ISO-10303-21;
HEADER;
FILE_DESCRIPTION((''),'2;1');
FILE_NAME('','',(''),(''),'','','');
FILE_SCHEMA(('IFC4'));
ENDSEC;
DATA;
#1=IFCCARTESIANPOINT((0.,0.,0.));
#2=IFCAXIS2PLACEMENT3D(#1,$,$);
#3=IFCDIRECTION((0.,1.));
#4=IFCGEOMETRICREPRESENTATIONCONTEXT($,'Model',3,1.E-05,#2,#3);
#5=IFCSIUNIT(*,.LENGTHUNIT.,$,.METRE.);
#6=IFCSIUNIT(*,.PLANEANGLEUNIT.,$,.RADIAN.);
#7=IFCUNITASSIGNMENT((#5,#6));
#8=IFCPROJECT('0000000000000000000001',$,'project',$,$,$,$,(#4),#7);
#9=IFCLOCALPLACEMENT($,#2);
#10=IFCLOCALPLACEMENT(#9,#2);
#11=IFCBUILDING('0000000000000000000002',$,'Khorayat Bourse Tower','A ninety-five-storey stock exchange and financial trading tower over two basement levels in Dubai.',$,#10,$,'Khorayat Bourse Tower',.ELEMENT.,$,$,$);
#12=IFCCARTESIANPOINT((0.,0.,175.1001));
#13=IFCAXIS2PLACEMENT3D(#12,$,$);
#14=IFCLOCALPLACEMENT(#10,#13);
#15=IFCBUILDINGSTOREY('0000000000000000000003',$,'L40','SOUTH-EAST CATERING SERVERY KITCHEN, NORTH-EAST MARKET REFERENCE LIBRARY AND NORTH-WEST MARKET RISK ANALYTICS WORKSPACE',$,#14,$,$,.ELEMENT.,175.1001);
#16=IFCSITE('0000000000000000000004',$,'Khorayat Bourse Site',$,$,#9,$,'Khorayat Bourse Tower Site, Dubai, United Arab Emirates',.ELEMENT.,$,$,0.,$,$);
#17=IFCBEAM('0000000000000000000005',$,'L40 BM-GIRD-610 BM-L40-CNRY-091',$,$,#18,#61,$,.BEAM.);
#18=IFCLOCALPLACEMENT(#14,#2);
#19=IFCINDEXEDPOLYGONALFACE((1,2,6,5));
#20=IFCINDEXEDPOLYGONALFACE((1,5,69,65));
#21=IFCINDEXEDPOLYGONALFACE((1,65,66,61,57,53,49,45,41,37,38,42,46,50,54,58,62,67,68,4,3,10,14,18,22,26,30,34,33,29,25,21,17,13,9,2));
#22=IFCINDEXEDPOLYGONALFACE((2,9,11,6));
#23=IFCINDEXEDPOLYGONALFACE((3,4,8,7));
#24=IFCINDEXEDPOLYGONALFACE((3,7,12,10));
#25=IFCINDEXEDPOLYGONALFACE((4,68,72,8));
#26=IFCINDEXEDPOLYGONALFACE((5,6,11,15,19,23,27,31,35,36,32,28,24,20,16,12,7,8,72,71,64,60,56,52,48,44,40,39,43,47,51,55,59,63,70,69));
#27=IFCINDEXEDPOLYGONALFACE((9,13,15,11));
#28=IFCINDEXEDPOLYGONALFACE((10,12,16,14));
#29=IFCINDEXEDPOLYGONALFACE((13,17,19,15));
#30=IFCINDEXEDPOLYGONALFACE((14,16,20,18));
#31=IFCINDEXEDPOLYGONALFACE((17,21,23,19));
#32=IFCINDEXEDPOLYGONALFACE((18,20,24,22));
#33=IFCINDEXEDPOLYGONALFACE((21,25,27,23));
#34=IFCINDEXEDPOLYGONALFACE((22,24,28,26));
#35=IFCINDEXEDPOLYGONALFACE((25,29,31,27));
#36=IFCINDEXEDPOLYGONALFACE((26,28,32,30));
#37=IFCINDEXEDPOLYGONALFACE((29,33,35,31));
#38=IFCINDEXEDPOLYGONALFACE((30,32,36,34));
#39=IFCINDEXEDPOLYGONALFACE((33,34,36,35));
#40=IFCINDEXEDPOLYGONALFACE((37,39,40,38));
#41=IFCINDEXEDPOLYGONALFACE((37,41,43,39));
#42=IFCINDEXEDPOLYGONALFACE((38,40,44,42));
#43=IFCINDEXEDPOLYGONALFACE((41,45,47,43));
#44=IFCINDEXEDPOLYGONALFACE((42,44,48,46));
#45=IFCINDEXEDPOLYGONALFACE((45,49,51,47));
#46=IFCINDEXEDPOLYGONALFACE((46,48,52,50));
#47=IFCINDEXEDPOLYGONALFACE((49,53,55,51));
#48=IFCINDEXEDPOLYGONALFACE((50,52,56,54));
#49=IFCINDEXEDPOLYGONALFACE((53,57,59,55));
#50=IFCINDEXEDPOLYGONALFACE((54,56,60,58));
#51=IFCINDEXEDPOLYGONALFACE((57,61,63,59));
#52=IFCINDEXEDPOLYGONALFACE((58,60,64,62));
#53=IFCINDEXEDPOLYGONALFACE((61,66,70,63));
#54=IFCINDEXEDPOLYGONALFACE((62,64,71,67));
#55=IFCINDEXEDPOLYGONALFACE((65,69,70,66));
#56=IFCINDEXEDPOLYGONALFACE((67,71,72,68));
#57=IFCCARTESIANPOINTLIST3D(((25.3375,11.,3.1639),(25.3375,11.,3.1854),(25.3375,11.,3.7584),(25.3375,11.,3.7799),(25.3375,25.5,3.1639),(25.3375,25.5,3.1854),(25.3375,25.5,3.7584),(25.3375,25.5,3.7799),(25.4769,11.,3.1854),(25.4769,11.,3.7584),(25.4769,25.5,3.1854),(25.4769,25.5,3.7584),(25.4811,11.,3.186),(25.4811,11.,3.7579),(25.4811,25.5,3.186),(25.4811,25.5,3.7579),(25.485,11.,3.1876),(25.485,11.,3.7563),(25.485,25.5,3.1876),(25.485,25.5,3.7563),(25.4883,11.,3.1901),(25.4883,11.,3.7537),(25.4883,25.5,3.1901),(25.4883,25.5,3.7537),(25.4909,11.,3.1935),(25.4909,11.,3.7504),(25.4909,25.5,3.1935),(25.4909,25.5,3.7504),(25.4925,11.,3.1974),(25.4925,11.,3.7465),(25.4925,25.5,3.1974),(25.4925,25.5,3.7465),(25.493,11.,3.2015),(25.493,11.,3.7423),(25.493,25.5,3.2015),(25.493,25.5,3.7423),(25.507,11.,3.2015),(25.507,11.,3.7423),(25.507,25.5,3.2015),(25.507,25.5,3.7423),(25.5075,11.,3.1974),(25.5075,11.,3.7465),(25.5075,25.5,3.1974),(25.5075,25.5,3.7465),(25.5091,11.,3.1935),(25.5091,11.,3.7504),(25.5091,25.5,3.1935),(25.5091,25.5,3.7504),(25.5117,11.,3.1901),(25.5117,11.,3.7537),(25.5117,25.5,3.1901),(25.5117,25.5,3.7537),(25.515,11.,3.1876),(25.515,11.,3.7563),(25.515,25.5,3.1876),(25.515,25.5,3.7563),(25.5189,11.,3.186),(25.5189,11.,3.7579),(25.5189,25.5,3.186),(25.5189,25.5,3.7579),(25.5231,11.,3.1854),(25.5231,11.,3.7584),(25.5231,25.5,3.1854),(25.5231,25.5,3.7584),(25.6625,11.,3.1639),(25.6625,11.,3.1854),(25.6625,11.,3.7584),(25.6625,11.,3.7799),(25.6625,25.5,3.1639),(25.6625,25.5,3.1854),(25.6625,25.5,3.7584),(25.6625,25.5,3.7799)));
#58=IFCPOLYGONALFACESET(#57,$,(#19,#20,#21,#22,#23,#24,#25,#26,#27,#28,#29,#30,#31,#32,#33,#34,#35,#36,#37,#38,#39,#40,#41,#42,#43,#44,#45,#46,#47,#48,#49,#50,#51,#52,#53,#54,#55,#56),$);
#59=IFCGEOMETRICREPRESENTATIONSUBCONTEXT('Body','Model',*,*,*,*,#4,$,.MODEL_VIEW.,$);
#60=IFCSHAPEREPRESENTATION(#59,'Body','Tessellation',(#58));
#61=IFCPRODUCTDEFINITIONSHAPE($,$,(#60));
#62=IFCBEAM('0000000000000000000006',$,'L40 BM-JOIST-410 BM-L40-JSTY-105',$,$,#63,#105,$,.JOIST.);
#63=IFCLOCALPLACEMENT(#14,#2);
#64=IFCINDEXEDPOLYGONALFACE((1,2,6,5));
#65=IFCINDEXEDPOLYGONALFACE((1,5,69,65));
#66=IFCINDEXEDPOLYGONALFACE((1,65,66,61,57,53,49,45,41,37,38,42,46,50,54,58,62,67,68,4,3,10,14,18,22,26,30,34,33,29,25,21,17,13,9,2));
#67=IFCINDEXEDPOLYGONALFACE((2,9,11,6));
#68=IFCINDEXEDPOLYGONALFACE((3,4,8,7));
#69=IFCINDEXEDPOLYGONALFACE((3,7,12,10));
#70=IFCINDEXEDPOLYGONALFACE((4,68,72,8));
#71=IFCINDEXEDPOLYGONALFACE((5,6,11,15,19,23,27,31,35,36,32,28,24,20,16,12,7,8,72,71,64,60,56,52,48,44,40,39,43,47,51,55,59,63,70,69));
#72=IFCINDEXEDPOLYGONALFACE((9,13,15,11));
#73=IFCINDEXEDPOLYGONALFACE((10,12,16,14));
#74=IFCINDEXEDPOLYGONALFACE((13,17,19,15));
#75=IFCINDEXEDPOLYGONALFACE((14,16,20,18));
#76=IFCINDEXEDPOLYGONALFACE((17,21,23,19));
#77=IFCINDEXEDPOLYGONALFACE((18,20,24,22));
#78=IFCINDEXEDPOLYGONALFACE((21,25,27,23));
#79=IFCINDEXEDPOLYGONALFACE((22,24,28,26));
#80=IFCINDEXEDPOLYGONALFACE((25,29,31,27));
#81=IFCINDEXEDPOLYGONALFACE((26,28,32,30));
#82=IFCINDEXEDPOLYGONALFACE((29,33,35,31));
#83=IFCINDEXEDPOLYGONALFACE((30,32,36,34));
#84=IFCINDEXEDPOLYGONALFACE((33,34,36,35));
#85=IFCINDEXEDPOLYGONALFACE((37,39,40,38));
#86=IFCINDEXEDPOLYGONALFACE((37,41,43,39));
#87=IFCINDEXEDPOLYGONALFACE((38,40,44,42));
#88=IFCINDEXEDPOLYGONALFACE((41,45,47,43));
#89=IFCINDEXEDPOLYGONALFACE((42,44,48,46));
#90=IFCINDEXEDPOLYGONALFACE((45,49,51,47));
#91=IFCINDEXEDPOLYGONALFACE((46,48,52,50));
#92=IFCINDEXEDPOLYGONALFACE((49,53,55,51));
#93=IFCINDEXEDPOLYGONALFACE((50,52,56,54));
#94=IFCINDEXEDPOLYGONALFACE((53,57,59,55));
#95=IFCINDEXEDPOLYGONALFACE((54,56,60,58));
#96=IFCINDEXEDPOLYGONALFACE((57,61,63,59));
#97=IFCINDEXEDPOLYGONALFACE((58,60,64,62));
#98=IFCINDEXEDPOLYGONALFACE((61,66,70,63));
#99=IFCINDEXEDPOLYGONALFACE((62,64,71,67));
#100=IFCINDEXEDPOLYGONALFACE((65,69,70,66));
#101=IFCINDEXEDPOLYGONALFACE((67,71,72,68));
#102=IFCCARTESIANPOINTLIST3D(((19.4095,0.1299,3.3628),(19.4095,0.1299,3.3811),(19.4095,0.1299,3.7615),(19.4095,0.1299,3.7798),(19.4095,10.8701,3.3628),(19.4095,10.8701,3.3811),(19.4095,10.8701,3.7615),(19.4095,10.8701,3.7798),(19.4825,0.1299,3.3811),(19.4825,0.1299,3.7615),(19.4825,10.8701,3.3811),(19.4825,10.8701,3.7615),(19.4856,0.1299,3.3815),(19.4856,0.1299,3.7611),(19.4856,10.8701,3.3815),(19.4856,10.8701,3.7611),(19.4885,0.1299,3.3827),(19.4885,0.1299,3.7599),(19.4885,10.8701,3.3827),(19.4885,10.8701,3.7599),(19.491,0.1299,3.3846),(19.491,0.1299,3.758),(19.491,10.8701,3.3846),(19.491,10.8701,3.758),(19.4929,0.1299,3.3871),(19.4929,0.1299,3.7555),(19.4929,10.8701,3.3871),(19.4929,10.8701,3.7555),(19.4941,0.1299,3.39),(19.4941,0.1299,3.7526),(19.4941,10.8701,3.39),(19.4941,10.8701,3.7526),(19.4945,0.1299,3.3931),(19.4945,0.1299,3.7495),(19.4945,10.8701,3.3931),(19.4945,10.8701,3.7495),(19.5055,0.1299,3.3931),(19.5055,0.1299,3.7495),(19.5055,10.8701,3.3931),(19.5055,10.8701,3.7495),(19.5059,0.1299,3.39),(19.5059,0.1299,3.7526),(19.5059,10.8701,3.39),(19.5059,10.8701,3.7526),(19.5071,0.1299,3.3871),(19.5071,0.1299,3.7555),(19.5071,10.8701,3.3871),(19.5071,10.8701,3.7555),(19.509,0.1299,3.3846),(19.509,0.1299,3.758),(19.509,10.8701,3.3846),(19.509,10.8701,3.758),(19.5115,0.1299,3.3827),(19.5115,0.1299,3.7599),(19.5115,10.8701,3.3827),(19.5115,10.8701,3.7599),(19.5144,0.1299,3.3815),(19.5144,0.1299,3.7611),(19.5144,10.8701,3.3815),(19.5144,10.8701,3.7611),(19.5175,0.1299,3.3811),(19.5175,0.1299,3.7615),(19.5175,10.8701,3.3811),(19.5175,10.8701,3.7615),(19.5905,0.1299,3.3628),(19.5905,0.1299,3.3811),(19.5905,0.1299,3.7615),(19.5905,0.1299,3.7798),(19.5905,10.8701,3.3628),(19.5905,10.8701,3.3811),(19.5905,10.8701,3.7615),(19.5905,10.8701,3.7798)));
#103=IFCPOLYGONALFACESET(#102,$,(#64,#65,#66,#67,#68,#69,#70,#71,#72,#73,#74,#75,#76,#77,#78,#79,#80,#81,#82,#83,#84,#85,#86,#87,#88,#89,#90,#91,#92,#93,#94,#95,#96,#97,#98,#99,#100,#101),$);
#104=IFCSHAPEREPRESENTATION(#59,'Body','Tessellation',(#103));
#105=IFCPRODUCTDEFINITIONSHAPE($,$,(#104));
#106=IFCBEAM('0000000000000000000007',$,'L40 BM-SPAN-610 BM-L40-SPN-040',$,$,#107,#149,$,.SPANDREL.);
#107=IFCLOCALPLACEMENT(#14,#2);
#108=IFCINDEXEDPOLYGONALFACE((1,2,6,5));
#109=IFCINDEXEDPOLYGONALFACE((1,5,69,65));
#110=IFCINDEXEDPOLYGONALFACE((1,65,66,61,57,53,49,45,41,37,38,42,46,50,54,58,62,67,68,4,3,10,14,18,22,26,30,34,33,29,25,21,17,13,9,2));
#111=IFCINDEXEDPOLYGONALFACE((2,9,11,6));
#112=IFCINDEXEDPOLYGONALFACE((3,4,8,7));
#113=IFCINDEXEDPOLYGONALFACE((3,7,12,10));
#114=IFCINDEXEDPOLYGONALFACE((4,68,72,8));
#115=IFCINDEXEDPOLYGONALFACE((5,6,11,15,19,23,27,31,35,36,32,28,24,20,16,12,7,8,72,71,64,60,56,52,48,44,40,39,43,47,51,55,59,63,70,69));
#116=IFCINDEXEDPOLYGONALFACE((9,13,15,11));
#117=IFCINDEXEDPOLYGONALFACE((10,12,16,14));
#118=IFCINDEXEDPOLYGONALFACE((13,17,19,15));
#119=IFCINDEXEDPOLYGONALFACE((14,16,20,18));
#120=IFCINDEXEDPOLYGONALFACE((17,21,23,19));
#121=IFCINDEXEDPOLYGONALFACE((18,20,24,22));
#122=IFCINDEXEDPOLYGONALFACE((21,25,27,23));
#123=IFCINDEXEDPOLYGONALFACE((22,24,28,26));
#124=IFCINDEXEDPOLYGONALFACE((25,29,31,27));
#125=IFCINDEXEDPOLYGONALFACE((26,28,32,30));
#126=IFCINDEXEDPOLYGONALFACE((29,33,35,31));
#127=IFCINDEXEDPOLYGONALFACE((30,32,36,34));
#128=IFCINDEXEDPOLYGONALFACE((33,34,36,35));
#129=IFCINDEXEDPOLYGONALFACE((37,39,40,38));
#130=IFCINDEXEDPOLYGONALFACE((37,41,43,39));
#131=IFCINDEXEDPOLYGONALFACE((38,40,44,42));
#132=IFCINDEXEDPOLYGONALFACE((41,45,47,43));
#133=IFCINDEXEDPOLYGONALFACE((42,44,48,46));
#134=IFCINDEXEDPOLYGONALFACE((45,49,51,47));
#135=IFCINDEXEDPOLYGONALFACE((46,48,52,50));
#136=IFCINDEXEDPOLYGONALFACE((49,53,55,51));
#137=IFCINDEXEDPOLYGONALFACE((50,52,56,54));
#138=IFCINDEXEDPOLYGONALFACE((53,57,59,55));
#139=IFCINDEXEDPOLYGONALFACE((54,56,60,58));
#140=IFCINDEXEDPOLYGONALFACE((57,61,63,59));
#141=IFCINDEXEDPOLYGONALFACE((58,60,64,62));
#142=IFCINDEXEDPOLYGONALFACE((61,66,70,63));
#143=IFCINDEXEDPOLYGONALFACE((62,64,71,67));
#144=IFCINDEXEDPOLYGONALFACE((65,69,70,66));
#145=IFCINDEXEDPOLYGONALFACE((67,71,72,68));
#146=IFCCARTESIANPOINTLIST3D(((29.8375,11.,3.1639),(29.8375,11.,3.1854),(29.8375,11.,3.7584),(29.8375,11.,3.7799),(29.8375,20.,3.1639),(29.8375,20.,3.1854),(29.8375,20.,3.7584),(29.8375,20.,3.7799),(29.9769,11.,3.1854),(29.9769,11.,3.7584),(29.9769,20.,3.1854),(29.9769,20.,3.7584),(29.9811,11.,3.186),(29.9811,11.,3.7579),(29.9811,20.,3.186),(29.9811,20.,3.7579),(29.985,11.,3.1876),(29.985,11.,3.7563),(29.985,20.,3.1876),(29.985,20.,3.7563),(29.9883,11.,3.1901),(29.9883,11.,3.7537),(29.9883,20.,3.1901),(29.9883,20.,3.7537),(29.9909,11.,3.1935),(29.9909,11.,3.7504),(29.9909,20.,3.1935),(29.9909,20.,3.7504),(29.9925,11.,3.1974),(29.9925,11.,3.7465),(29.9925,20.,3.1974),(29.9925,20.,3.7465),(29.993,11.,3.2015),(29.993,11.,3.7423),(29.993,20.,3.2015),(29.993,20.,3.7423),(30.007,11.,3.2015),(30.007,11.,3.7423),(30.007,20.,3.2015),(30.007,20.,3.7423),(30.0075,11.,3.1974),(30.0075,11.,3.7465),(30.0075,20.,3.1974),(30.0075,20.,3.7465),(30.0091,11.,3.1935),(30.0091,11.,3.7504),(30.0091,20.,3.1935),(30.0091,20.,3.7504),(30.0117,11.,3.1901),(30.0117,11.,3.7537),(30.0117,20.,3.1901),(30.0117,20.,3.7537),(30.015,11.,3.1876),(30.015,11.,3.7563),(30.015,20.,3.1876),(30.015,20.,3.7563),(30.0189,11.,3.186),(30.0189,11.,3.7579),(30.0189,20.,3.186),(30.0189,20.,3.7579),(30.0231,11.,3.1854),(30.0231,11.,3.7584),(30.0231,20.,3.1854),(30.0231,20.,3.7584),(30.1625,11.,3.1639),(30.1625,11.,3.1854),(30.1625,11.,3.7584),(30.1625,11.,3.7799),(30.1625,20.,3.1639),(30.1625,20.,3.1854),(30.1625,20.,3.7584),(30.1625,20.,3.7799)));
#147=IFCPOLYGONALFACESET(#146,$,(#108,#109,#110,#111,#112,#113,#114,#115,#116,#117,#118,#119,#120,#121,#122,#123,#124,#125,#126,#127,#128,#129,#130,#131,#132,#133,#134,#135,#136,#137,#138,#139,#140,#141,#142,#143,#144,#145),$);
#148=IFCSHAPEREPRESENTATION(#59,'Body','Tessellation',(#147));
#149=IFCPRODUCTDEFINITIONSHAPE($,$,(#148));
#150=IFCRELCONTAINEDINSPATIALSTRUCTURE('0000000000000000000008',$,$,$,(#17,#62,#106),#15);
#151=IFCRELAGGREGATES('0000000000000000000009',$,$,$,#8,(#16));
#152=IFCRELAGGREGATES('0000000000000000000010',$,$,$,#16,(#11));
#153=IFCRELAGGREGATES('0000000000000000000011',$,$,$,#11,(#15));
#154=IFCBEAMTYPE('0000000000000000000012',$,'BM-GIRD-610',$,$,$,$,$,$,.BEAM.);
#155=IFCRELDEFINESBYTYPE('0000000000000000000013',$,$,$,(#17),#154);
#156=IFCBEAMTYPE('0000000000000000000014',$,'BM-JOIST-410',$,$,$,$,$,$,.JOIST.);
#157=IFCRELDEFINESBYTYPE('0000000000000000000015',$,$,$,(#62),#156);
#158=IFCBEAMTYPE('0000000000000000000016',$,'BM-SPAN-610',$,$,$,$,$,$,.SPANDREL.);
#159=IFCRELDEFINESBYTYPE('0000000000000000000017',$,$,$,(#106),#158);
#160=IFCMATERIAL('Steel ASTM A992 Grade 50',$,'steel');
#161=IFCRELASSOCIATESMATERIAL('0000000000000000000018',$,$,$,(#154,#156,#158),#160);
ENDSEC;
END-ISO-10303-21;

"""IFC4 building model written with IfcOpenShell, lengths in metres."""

from ifc_helpers import new_model, si_unit, direction, frame, origin, origin_2d, place, context, subcontext, project, spatial, i_section, extrude, source, transform, mapped, material, material_profile, profile_set, type_object, element, save


model = new_model("IFC4")

# Units and contexts
model_context = context("Model", 3, precision=1e-05, world=origin(), true_north=direction((0.0, 1.0)))
body_context = subcontext(model_context, "Body", "Model", "MODEL_VIEW")
ifc_project = project(units=[si_unit("LENGTHUNIT", "METRE"), si_unit("PLANEANGLEUNIT", "RADIAN")], contexts=[model_context])

# Site, building, storey
site_placement = place(None, origin())
site = spatial("IfcSite", under=ifc_project, at=site_placement, Name="Khorayat Bourse Site", LongName="Khorayat Bourse Tower Site, Dubai, United Arab Emirates", CompositionType="ELEMENT", RefElevation=0.0)
building_placement = place(site_placement, origin())
building = spatial("IfcBuilding", under=site, at=building_placement, Name="Khorayat Bourse Tower", Description="A ninety-five-storey stock exchange and financial trading tower over two basement levels in Dubai.", LongName="Khorayat Bourse Tower", CompositionType="ELEMENT")
storey_placement = place(building_placement, frame((0.0, 0.0, 175.1001)))
storey = spatial("IfcBuildingStorey", under=building, at=storey_placement, Name="L40", Description="SOUTH-EAST CATERING SERVERY KITCHEN, NORTH-EAST MARKET REFERENCE LIBRARY AND NORTH-WEST MARKET RISK ANALYTICS WORKSPACE", CompositionType="ELEMENT", Elevation=175.1001)

# Beams
ifc_material_1 = material(Name="Steel ASTM A992 Grade 50", Category="steel")
ifc_material_profile_1 = material_profile(ifc_material_1, i_section(OverallWidth=0.325, OverallDepth=0.616, WebThickness=0.0139, FlangeThickness=0.0215, FilletRadius=0.0161, at=origin_2d()), Name="W610X174")
ifc_profile_set_1 = profile_set([ifc_material_profile_1], Name="Steel ASTM A992 Grade 50")
beam_type_1 = type_object("IfcBeamType", Name="BM-GIRD-610", PredefinedType="BEAM", material=ifc_profile_set_1)
shared_shape_1 = source(origin(), body_context, "Body", "SweptSolid", [
    extrude(i_section(OverallWidth=0.325, OverallDepth=0.616, WebThickness=0.0139, FlangeThickness=0.0215, FilletRadius=0.0161, at=origin_2d()), origin(), (0.0, 0.0, 1.0), 14.5),
])
beam_1_placement = place(storey_placement, frame((25.5, 11.0, 3.4719), z_axis=(0.0, 1.0, 0.0), x_axis=(-1.0, 0.0, 0.0)))
element("IfcBeam", 1, at=beam_1_placement, inside=storey, type_object=beam_type_1, Name="L40 BM-GIRD-610 BM-L40-CNRY-091", PredefinedType="BEAM", context=body_context, shape_type="MappedRepresentation", body=[
    mapped(shared_shape_1, transform((0.0, 0.0, 0.0), scale=1.0)),
])
ifc_material_profile_2 = material_profile(ifc_material_1, i_section(OverallWidth=0.1809, OverallDepth=0.417, WebThickness=0.011, FlangeThickness=0.0183, FilletRadius=0.012, at=origin_2d()), Name="W410X85")
ifc_profile_set_2 = profile_set([ifc_material_profile_2], Name="Steel ASTM A992 Grade 50")
beam_type_2 = type_object("IfcBeamType", Name="BM-JOIST-410", PredefinedType="JOIST", material=ifc_profile_set_2)
shared_shape_2 = source(origin(), body_context, "Body", "SweptSolid", [
    extrude(i_section(OverallWidth=0.1809, OverallDepth=0.417, WebThickness=0.011, FlangeThickness=0.0183, FilletRadius=0.012, at=origin_2d()), origin(), (0.0, 0.0, 1.0), 10.7402),
])
beam_2_placement = place(storey_placement, frame((19.5, 0.1299, 3.5713), z_axis=(0.0, 1.0, 0.0), x_axis=(-1.0, 0.0, 0.0)))
element("IfcBeam", 2, at=beam_2_placement, inside=storey, type_object=beam_type_2, Name="L40 BM-JOIST-410 BM-L40-JSTY-105", PredefinedType="JOIST", context=body_context, shape_type="MappedRepresentation", body=[
    mapped(shared_shape_2, transform((0.0, 0.0, 0.0), scale=1.0)),
])
ifc_material_profile_3 = material_profile(ifc_material_1, i_section(OverallWidth=0.325, OverallDepth=0.616, WebThickness=0.0139, FlangeThickness=0.0215, FilletRadius=0.0161, at=origin_2d()), Name="W610X174")
ifc_profile_set_3 = profile_set([ifc_material_profile_3], Name="Steel ASTM A992 Grade 50")
beam_type_3 = type_object("IfcBeamType", Name="BM-SPAN-610", PredefinedType="SPANDREL", material=ifc_profile_set_3)
shared_shape_3 = source(origin(), body_context, "Body", "SweptSolid", [
    extrude(i_section(OverallWidth=0.325, OverallDepth=0.616, WebThickness=0.0139, FlangeThickness=0.0215, FilletRadius=0.0161, at=origin_2d()), origin(), (0.0, 0.0, 1.0), 9.0),
])
beam_3_placement = place(storey_placement, frame((30.0, 11.0, 3.4719), z_axis=(0.0, 1.0, 0.0), x_axis=(-1.0, 0.0, 0.0)))
element("IfcBeam", 3, at=beam_3_placement, inside=storey, type_object=beam_type_3, Name="L40 BM-SPAN-610 BM-L40-SPN-040", PredefinedType="SPANDREL", context=body_context, shape_type="MappedRepresentation", body=[
    mapped(shared_shape_3, transform((0.0, 0.0, 0.0), scale=1.0)),
])

save(model, "model.ifc")
